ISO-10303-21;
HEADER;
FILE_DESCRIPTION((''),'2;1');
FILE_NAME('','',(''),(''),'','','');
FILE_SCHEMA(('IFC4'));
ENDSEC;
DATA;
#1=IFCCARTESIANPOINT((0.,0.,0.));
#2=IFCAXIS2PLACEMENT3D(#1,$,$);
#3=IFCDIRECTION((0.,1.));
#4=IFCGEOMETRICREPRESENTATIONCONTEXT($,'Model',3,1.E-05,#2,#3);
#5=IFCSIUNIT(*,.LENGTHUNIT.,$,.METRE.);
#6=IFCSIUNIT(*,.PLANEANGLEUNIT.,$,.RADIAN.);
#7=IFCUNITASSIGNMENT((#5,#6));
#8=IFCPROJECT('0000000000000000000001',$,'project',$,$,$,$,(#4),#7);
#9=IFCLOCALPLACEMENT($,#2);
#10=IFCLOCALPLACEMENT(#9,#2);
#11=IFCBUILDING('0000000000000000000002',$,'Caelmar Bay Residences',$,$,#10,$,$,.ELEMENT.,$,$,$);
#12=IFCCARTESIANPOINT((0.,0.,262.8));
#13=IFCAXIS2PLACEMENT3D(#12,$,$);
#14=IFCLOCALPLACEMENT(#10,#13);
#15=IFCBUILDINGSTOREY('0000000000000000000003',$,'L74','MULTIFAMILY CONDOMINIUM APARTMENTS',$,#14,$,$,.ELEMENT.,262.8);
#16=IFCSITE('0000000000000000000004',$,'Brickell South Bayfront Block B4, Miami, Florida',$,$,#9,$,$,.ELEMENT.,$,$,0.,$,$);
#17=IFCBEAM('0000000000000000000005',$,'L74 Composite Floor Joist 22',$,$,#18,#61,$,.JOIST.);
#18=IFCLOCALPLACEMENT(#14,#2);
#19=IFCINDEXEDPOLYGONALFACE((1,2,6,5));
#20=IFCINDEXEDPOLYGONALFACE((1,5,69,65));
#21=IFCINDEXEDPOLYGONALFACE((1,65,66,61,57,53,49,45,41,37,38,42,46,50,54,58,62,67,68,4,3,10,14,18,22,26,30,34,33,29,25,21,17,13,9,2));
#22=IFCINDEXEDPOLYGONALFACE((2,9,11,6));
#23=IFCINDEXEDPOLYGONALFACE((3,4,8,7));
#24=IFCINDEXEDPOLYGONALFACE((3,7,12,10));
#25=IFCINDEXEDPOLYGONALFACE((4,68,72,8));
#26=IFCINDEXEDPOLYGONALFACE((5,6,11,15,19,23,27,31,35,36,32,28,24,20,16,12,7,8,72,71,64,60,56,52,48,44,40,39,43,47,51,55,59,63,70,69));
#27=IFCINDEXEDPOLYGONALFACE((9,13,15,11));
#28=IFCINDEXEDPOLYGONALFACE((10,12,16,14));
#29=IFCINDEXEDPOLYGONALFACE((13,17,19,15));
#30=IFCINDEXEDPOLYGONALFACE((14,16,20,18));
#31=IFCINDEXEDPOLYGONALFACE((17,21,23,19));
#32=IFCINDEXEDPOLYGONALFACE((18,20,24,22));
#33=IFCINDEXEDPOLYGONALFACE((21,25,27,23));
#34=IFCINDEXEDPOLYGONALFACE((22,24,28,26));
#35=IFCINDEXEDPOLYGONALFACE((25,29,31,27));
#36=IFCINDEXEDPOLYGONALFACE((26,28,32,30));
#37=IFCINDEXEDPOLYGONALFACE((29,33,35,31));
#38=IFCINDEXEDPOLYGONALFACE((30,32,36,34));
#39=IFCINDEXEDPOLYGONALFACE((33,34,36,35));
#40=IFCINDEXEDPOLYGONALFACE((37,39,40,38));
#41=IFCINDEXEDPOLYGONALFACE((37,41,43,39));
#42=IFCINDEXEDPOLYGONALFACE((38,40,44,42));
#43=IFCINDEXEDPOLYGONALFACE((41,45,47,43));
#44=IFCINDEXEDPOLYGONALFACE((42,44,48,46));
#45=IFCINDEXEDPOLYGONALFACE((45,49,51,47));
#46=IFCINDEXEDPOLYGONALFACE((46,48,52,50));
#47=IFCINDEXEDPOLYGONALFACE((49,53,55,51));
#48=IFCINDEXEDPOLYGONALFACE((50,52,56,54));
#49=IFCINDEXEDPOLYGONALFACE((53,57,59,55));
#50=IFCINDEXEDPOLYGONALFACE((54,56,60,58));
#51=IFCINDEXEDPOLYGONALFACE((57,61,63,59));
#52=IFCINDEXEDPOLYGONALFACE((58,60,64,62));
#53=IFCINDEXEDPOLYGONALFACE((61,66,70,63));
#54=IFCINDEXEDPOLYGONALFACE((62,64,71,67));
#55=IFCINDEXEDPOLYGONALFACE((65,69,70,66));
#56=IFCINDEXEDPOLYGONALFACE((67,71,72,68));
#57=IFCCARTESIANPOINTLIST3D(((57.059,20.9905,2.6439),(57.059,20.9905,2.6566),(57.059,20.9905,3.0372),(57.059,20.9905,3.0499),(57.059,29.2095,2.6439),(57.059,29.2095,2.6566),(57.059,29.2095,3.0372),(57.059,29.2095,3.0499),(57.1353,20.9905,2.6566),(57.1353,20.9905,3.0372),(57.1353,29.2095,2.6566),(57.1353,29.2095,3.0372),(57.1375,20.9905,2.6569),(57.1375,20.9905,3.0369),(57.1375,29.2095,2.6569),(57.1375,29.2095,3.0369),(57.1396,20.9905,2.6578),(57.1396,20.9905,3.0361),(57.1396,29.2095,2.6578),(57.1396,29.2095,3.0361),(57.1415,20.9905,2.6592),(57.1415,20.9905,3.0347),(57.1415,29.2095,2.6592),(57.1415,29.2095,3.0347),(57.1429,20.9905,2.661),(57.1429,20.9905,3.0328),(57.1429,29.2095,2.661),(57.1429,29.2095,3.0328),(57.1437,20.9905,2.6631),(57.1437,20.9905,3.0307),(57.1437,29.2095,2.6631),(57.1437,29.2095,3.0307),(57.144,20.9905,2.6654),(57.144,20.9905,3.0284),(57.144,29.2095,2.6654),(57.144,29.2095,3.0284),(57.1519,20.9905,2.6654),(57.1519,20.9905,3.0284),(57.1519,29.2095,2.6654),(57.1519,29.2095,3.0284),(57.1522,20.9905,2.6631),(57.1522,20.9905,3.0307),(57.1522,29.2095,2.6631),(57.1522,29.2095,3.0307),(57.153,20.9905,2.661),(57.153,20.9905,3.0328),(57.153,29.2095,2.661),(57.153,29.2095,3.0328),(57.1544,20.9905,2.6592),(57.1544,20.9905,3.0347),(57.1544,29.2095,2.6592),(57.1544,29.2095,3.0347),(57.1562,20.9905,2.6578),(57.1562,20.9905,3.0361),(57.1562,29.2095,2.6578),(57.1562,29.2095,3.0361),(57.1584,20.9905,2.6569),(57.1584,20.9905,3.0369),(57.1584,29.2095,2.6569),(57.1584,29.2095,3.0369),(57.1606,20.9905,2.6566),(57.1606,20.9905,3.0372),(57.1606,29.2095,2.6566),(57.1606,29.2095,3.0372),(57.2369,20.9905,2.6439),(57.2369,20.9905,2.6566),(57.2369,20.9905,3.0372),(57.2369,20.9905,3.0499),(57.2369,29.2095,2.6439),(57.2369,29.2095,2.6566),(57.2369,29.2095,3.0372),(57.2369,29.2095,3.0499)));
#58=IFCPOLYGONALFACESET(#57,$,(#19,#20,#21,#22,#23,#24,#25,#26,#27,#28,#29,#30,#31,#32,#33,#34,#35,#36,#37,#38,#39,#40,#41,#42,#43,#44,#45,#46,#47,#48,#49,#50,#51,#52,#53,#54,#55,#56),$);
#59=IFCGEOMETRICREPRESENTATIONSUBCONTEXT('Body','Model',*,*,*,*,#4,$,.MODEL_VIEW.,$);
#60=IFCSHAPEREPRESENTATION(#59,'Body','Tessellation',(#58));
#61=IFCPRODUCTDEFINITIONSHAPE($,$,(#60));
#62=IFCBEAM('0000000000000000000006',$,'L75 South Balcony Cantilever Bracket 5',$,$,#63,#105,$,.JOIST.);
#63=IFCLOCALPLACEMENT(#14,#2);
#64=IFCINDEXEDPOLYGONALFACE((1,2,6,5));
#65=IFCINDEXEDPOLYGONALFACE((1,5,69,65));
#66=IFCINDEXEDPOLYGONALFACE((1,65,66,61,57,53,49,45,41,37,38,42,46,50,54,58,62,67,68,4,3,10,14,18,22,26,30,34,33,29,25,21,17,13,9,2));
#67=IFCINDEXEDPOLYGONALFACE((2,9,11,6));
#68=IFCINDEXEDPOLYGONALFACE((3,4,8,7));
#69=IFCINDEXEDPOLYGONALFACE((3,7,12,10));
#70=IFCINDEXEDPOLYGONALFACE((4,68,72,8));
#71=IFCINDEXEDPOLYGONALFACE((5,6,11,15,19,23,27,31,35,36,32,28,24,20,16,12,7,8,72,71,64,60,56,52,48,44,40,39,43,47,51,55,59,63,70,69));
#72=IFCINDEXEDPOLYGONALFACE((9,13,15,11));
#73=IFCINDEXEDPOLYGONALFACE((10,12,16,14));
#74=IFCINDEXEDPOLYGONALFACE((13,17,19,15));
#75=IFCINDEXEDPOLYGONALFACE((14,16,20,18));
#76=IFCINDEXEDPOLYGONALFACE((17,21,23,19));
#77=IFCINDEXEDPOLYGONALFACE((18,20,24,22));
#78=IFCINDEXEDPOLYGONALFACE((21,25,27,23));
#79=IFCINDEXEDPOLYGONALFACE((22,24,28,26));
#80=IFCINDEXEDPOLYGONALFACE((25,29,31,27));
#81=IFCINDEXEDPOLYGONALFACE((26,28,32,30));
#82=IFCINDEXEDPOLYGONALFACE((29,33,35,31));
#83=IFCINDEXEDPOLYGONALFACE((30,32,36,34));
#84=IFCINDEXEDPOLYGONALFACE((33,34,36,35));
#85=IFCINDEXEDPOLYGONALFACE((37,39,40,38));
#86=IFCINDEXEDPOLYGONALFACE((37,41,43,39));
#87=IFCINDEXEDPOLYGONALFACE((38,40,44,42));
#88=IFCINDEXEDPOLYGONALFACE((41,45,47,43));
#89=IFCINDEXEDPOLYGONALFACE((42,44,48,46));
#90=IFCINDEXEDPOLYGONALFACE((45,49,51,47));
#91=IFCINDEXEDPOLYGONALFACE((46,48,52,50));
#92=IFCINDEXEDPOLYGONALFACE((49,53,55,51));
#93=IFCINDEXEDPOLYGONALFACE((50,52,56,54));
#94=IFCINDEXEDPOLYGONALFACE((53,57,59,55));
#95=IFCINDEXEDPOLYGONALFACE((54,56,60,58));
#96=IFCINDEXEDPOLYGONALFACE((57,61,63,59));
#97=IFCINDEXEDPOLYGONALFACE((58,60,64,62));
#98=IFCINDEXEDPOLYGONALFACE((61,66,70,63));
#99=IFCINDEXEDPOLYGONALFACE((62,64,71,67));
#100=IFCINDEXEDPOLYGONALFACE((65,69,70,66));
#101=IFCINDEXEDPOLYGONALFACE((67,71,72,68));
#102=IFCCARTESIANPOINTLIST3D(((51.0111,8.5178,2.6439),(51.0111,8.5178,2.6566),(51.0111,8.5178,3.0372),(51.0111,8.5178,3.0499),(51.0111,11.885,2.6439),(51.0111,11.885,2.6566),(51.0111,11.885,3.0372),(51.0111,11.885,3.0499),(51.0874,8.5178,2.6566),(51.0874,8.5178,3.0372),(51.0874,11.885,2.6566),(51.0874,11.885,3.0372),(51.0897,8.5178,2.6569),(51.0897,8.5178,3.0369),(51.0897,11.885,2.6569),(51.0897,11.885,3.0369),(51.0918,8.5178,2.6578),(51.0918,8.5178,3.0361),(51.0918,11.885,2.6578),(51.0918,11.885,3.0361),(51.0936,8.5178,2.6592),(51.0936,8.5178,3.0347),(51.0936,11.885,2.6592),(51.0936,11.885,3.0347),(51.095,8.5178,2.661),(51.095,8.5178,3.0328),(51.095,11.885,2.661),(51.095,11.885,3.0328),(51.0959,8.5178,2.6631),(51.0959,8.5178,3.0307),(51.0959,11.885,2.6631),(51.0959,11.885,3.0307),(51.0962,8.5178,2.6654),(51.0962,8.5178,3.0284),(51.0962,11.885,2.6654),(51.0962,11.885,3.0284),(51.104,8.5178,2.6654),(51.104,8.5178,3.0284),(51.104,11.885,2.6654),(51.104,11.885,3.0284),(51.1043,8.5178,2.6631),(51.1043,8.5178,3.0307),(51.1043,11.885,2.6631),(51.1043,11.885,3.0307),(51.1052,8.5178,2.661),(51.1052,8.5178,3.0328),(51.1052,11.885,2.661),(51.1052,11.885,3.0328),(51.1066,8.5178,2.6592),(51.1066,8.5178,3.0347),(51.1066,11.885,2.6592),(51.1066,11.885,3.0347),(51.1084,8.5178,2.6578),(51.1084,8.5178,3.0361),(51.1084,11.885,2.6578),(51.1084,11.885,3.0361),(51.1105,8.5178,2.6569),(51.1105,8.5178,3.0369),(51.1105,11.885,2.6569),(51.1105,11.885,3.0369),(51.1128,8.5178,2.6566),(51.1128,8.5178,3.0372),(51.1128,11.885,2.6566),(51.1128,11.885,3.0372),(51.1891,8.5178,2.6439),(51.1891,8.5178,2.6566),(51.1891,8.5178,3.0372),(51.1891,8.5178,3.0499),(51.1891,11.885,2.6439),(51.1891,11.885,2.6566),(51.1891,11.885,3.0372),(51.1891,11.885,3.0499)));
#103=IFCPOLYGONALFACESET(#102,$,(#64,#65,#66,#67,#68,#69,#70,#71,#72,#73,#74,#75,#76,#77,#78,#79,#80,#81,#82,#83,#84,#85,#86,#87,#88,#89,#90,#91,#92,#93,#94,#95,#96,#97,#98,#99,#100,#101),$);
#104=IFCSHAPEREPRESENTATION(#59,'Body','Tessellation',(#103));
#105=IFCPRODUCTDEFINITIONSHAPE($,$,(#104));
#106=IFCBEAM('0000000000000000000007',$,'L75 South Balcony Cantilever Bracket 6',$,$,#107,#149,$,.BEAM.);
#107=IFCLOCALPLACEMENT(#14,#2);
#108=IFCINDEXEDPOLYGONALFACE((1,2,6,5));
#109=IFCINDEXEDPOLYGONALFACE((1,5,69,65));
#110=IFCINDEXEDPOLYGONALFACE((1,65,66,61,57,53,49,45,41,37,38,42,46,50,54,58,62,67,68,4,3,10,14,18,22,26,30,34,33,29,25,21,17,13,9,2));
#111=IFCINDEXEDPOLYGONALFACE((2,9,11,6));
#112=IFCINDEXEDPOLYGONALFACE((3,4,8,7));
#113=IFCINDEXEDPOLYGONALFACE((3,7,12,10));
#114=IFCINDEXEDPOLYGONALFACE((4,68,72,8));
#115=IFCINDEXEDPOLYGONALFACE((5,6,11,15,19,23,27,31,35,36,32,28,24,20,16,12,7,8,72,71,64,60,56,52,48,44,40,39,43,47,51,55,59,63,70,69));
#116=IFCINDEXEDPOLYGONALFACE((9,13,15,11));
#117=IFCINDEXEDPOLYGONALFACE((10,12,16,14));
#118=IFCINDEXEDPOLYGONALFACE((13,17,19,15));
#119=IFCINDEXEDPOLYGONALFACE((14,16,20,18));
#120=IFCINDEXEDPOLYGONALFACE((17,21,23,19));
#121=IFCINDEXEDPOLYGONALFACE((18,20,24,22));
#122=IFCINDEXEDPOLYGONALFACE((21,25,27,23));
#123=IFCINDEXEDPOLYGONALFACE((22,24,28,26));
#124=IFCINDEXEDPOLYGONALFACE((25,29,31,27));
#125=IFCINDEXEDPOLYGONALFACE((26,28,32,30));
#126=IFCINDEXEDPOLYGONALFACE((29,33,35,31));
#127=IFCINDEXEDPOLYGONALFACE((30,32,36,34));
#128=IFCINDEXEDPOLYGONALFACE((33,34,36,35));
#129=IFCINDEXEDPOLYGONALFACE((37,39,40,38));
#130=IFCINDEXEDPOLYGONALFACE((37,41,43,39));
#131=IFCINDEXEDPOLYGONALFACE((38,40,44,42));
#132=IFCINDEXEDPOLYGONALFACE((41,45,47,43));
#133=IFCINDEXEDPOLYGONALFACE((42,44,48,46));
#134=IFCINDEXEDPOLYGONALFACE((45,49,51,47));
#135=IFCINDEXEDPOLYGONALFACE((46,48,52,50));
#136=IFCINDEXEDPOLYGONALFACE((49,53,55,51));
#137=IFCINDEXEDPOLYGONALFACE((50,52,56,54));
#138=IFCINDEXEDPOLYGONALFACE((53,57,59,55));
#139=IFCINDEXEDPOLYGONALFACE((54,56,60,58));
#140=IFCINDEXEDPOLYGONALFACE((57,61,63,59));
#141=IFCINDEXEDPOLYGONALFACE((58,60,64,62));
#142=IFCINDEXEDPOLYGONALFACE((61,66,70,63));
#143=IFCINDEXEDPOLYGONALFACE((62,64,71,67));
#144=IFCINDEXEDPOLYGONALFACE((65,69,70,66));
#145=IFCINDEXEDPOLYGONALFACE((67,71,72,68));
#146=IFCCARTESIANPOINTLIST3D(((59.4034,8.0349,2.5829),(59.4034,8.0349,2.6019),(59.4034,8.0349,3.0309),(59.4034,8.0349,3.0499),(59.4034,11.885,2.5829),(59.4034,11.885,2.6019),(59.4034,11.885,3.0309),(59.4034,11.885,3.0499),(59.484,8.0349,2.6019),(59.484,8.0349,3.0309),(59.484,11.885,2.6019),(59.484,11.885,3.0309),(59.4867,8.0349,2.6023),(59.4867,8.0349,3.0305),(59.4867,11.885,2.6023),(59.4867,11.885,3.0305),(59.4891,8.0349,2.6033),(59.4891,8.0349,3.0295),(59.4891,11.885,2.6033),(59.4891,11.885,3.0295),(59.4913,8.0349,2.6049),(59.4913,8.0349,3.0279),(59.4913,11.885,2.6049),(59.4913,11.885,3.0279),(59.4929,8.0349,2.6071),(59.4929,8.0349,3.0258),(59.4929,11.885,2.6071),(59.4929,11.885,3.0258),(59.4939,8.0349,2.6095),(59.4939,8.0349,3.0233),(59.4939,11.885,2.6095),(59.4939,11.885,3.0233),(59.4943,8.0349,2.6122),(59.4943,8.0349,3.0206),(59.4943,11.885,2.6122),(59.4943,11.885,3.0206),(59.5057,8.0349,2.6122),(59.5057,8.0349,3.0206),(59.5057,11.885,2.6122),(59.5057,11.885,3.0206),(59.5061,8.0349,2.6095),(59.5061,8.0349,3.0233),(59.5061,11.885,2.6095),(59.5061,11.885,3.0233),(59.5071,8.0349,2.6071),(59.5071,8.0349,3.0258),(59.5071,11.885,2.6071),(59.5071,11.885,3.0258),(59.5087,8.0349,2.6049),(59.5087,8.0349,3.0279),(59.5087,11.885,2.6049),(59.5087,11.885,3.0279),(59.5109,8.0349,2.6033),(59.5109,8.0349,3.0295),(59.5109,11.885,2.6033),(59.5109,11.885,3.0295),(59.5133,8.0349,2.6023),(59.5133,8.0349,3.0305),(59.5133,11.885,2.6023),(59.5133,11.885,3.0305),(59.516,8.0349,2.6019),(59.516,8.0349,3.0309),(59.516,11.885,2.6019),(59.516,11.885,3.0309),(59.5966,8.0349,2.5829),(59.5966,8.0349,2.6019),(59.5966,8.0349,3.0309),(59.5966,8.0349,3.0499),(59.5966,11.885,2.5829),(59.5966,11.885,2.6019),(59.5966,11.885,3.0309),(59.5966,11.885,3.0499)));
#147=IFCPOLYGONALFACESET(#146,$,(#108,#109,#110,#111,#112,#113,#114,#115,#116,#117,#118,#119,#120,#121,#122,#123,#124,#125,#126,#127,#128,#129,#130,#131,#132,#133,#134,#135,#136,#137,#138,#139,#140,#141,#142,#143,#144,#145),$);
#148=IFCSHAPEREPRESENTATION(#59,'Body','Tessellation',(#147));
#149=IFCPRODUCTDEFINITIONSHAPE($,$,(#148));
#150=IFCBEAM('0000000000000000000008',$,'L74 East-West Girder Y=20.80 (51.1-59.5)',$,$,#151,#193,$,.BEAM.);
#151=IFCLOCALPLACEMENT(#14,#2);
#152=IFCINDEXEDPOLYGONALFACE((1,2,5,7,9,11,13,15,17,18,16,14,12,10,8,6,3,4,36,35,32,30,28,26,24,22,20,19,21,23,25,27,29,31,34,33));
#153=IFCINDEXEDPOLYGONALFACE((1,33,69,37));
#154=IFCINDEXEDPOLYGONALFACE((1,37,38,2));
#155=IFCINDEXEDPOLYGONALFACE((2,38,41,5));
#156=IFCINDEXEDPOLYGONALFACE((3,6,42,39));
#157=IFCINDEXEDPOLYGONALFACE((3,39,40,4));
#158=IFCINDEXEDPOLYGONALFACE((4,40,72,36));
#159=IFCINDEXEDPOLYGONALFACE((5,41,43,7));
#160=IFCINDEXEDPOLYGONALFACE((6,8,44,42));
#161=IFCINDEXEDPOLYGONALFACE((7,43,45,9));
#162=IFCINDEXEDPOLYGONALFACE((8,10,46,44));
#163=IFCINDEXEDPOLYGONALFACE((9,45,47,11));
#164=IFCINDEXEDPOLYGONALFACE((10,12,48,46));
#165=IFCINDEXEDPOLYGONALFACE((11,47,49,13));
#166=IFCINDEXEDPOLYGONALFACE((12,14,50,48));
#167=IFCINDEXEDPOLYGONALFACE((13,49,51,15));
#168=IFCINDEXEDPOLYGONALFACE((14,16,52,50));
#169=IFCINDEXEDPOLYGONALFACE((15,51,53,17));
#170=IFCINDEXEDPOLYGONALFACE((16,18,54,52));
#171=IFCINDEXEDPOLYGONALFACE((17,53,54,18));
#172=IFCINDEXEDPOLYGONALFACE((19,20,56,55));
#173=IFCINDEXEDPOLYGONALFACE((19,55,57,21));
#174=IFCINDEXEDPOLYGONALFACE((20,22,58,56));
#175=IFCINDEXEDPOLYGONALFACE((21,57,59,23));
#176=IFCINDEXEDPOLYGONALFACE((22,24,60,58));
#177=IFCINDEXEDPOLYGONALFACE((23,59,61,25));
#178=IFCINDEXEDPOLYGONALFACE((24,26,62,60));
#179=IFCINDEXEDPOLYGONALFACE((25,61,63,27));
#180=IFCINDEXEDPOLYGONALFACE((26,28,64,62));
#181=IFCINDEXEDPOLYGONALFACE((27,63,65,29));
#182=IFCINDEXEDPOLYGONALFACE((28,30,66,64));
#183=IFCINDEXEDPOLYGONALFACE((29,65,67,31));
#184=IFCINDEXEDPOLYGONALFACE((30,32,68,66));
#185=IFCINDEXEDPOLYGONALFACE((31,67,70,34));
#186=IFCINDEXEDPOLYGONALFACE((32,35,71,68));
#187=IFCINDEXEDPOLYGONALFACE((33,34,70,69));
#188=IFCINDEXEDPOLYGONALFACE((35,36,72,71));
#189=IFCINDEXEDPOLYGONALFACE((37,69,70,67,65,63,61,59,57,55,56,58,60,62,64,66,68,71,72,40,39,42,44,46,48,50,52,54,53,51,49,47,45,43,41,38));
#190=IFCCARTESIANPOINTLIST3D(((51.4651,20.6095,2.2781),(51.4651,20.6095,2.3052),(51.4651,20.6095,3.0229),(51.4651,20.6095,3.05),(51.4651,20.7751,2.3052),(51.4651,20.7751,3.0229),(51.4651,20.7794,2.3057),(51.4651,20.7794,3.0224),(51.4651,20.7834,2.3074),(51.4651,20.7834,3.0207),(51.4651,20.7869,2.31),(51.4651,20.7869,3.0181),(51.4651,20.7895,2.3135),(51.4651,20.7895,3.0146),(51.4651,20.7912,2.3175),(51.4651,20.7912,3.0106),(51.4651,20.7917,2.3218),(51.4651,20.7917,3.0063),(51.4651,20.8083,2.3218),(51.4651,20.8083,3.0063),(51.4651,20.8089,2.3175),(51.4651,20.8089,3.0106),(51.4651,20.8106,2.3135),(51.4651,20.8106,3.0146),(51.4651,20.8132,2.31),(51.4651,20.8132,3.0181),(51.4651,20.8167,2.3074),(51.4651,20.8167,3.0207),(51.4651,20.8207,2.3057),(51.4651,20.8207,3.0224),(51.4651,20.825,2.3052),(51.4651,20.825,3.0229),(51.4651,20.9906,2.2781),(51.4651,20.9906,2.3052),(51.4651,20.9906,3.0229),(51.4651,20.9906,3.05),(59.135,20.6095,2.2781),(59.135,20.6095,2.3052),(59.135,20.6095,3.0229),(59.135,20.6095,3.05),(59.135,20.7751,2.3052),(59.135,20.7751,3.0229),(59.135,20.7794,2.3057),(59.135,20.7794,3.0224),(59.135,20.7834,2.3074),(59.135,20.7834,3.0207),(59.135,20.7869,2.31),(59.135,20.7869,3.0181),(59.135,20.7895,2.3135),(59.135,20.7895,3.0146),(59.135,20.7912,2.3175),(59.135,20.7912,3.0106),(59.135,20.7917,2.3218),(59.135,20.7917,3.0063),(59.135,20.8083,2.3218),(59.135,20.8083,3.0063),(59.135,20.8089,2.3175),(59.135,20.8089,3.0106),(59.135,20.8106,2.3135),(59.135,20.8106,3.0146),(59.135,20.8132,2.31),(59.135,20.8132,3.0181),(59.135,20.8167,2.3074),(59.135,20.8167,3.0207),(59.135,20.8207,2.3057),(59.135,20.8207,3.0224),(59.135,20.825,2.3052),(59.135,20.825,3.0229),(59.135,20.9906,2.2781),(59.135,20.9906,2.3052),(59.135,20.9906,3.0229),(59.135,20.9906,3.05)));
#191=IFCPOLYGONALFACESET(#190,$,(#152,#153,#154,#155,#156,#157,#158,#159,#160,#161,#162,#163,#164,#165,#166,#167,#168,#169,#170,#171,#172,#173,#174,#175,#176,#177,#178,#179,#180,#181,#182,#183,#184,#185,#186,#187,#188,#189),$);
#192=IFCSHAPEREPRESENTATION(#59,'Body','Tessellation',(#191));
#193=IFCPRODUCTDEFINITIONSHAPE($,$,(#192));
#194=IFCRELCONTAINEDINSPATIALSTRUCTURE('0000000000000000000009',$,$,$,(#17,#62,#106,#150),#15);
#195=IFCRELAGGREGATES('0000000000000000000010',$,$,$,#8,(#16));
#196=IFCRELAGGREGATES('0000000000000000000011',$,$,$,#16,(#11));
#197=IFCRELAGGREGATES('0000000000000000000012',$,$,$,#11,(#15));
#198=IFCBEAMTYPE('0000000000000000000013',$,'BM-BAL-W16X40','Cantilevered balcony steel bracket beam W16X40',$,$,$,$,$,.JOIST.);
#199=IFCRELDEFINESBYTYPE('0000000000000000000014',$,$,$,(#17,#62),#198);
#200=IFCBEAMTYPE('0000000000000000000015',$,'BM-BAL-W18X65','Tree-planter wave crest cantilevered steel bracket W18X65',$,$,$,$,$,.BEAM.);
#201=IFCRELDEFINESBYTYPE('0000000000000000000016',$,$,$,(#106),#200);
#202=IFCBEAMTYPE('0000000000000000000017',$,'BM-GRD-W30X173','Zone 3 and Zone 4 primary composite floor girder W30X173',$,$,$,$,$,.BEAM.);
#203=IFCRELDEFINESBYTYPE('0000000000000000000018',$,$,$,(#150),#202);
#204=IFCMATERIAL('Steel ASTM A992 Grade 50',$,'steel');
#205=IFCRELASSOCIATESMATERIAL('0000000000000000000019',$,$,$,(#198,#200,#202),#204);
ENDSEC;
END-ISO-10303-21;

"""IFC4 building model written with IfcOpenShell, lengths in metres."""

from ifc_helpers import new_model, si_unit, direction, frame, origin, origin_2d, place, context, subcontext, project, spatial, i_section, extrude, material, material_profile, profile_set, type_object, element, save


model = new_model("IFC4")

# Units and contexts
model_context = context("Model", 3, precision=1e-05, world=origin(), true_north=direction((0.0, 1.0)))
body_context = subcontext(model_context, "Body", "Model", "MODEL_VIEW")
ifc_project = project(units=[si_unit("LENGTHUNIT", "METRE"), si_unit("PLANEANGLEUNIT", "RADIAN")], contexts=[model_context])

# Site, building, storey
site_placement = place(None, origin())
site = spatial("IfcSite", under=ifc_project, at=site_placement, Name="Brickell South Bayfront Block B4, Miami, Florida", CompositionType="ELEMENT", RefElevation=0.0)
building_placement = place(site_placement, origin())
building = spatial("IfcBuilding", under=site, at=building_placement, Name="Caelmar Bay Residences", CompositionType="ELEMENT")
storey_placement = place(building_placement, frame((0.0, 0.0, 262.8)))
storey = spatial("IfcBuildingStorey", under=building, at=storey_placement, Name="L74", Description="MULTIFAMILY CONDOMINIUM APARTMENTS", CompositionType="ELEMENT", Elevation=262.8)

# Beams
ifc_material_1 = material(Name="Steel ASTM A992 Grade 50", Category="steel")
ifc_material_profile_1 = material_profile(ifc_material_1, i_section(OverallWidth=0.178, OverallDepth=0.406, WebThickness=0.0078, FlangeThickness=0.0127, FilletRadius=0.0088, at=origin_2d()), Name="W16X40")
ifc_profile_set_1 = profile_set([ifc_material_profile_1], Name="Steel ASTM A992 Grade 50")
beam_type_1 = type_object("IfcBeamType", Name="BM-BAL-W16X40", Description="Cantilevered balcony steel bracket beam W16X40", PredefinedType="JOIST", material=ifc_profile_set_1)
for number, where, z_axis, x_axis, name in (
    (1, (57.1479, 20.9905, 2.8469), (0.0, 1.0, 0.0), (-1.0, 0.0, 0.0), "L74 Composite Floor Joist 22"),
):
    element("IfcBeam", number, at=place(storey_placement, frame(where, z_axis=z_axis, x_axis=x_axis)), inside=storey, type_object=beam_type_1, Name=name, PredefinedType="JOIST", context=body_context, shape_type="SweptSolid", body=[
        extrude(i_section(OverallWidth=0.178, OverallDepth=0.406, WebThickness=0.0078, FlangeThickness=0.0127, FilletRadius=0.0088, at=origin_2d()), origin(), (0.0, 0.0, 1.0), 8.219),
    ])
beam_1_placement = place(storey_placement, frame((51.1001, 11.885, 2.8469), z_axis=(0.0, -1.0, 0.0), x_axis=(1.0, 0.0, 0.0)))
element("IfcBeam", 2, at=beam_1_placement, inside=storey, type_object=beam_type_1, Name="L75 South Balcony Cantilever Bracket 5", PredefinedType="JOIST", context=body_context, shape_type="SweptSolid", body=[
    extrude(i_section(OverallWidth=0.178, OverallDepth=0.406, WebThickness=0.0078, FlangeThickness=0.0127, FilletRadius=0.0088, at=origin_2d()), origin(), (0.0, 0.0, 1.0), 3.3672),
])
ifc_material_profile_2 = material_profile(ifc_material_1, i_section(OverallWidth=0.1931, OverallDepth=0.467, WebThickness=0.0115, FlangeThickness=0.019, FilletRadius=0.0103, at=origin_2d()), Name="W18X65")
ifc_profile_set_2 = profile_set([ifc_material_profile_2], Name="Steel ASTM A992 Grade 50")
beam_type_2 = type_object("IfcBeamType", Name="BM-BAL-W18X65", Description="Tree-planter wave crest cantilevered steel bracket W18X65", PredefinedType="BEAM", material=ifc_profile_set_2)
beam_2_placement = place(storey_placement, frame((59.5, 11.885, 2.8164), z_axis=(0.0, -1.0, 0.0), x_axis=(1.0, 0.0, 0.0)))
element("IfcBeam", 3, at=beam_2_placement, inside=storey, type_object=beam_type_2, Name="L75 South Balcony Cantilever Bracket 6", PredefinedType="BEAM", context=body_context, shape_type="SweptSolid", body=[
    extrude(i_section(OverallWidth=0.1931, OverallDepth=0.467, WebThickness=0.0115, FlangeThickness=0.019, FilletRadius=0.0103, at=origin_2d()), origin(), (0.0, 0.0, 1.0), 3.8501),
])
ifc_material_profile_3 = material_profile(ifc_material_1, i_section(OverallWidth=0.3811, OverallDepth=0.772, WebThickness=0.0166, FlangeThickness=0.0271, FilletRadius=0.0166, at=origin_2d()), Name="W30X173")
ifc_profile_set_3 = profile_set([ifc_material_profile_3], Name="Steel ASTM A992 Grade 50")
beam_type_3 = type_object("IfcBeamType", Name="BM-GRD-W30X173", Description="Zone 3 and Zone 4 primary composite floor girder W30X173", PredefinedType="BEAM", material=ifc_profile_set_3)
beam_3_placement = place(storey_placement, frame((51.4651, 20.8, 2.6641), z_axis=(1.0, 0.0, 0.0), x_axis=(0.0, 1.0, 0.0)))
element("IfcBeam", 4, at=beam_3_placement, inside=storey, type_object=beam_type_3, Name="L74 East-West Girder Y=20.80 (51.1-59.5)", PredefinedType="BEAM", context=body_context, shape_type="SweptSolid", body=[
    extrude(i_section(OverallWidth=0.3811, OverallDepth=0.772, WebThickness=0.0166, FlangeThickness=0.0271, FilletRadius=0.0166, at=origin_2d()), origin(), (0.0, 0.0, 1.0), 7.6699),
])

save(model, "model.ifc")
